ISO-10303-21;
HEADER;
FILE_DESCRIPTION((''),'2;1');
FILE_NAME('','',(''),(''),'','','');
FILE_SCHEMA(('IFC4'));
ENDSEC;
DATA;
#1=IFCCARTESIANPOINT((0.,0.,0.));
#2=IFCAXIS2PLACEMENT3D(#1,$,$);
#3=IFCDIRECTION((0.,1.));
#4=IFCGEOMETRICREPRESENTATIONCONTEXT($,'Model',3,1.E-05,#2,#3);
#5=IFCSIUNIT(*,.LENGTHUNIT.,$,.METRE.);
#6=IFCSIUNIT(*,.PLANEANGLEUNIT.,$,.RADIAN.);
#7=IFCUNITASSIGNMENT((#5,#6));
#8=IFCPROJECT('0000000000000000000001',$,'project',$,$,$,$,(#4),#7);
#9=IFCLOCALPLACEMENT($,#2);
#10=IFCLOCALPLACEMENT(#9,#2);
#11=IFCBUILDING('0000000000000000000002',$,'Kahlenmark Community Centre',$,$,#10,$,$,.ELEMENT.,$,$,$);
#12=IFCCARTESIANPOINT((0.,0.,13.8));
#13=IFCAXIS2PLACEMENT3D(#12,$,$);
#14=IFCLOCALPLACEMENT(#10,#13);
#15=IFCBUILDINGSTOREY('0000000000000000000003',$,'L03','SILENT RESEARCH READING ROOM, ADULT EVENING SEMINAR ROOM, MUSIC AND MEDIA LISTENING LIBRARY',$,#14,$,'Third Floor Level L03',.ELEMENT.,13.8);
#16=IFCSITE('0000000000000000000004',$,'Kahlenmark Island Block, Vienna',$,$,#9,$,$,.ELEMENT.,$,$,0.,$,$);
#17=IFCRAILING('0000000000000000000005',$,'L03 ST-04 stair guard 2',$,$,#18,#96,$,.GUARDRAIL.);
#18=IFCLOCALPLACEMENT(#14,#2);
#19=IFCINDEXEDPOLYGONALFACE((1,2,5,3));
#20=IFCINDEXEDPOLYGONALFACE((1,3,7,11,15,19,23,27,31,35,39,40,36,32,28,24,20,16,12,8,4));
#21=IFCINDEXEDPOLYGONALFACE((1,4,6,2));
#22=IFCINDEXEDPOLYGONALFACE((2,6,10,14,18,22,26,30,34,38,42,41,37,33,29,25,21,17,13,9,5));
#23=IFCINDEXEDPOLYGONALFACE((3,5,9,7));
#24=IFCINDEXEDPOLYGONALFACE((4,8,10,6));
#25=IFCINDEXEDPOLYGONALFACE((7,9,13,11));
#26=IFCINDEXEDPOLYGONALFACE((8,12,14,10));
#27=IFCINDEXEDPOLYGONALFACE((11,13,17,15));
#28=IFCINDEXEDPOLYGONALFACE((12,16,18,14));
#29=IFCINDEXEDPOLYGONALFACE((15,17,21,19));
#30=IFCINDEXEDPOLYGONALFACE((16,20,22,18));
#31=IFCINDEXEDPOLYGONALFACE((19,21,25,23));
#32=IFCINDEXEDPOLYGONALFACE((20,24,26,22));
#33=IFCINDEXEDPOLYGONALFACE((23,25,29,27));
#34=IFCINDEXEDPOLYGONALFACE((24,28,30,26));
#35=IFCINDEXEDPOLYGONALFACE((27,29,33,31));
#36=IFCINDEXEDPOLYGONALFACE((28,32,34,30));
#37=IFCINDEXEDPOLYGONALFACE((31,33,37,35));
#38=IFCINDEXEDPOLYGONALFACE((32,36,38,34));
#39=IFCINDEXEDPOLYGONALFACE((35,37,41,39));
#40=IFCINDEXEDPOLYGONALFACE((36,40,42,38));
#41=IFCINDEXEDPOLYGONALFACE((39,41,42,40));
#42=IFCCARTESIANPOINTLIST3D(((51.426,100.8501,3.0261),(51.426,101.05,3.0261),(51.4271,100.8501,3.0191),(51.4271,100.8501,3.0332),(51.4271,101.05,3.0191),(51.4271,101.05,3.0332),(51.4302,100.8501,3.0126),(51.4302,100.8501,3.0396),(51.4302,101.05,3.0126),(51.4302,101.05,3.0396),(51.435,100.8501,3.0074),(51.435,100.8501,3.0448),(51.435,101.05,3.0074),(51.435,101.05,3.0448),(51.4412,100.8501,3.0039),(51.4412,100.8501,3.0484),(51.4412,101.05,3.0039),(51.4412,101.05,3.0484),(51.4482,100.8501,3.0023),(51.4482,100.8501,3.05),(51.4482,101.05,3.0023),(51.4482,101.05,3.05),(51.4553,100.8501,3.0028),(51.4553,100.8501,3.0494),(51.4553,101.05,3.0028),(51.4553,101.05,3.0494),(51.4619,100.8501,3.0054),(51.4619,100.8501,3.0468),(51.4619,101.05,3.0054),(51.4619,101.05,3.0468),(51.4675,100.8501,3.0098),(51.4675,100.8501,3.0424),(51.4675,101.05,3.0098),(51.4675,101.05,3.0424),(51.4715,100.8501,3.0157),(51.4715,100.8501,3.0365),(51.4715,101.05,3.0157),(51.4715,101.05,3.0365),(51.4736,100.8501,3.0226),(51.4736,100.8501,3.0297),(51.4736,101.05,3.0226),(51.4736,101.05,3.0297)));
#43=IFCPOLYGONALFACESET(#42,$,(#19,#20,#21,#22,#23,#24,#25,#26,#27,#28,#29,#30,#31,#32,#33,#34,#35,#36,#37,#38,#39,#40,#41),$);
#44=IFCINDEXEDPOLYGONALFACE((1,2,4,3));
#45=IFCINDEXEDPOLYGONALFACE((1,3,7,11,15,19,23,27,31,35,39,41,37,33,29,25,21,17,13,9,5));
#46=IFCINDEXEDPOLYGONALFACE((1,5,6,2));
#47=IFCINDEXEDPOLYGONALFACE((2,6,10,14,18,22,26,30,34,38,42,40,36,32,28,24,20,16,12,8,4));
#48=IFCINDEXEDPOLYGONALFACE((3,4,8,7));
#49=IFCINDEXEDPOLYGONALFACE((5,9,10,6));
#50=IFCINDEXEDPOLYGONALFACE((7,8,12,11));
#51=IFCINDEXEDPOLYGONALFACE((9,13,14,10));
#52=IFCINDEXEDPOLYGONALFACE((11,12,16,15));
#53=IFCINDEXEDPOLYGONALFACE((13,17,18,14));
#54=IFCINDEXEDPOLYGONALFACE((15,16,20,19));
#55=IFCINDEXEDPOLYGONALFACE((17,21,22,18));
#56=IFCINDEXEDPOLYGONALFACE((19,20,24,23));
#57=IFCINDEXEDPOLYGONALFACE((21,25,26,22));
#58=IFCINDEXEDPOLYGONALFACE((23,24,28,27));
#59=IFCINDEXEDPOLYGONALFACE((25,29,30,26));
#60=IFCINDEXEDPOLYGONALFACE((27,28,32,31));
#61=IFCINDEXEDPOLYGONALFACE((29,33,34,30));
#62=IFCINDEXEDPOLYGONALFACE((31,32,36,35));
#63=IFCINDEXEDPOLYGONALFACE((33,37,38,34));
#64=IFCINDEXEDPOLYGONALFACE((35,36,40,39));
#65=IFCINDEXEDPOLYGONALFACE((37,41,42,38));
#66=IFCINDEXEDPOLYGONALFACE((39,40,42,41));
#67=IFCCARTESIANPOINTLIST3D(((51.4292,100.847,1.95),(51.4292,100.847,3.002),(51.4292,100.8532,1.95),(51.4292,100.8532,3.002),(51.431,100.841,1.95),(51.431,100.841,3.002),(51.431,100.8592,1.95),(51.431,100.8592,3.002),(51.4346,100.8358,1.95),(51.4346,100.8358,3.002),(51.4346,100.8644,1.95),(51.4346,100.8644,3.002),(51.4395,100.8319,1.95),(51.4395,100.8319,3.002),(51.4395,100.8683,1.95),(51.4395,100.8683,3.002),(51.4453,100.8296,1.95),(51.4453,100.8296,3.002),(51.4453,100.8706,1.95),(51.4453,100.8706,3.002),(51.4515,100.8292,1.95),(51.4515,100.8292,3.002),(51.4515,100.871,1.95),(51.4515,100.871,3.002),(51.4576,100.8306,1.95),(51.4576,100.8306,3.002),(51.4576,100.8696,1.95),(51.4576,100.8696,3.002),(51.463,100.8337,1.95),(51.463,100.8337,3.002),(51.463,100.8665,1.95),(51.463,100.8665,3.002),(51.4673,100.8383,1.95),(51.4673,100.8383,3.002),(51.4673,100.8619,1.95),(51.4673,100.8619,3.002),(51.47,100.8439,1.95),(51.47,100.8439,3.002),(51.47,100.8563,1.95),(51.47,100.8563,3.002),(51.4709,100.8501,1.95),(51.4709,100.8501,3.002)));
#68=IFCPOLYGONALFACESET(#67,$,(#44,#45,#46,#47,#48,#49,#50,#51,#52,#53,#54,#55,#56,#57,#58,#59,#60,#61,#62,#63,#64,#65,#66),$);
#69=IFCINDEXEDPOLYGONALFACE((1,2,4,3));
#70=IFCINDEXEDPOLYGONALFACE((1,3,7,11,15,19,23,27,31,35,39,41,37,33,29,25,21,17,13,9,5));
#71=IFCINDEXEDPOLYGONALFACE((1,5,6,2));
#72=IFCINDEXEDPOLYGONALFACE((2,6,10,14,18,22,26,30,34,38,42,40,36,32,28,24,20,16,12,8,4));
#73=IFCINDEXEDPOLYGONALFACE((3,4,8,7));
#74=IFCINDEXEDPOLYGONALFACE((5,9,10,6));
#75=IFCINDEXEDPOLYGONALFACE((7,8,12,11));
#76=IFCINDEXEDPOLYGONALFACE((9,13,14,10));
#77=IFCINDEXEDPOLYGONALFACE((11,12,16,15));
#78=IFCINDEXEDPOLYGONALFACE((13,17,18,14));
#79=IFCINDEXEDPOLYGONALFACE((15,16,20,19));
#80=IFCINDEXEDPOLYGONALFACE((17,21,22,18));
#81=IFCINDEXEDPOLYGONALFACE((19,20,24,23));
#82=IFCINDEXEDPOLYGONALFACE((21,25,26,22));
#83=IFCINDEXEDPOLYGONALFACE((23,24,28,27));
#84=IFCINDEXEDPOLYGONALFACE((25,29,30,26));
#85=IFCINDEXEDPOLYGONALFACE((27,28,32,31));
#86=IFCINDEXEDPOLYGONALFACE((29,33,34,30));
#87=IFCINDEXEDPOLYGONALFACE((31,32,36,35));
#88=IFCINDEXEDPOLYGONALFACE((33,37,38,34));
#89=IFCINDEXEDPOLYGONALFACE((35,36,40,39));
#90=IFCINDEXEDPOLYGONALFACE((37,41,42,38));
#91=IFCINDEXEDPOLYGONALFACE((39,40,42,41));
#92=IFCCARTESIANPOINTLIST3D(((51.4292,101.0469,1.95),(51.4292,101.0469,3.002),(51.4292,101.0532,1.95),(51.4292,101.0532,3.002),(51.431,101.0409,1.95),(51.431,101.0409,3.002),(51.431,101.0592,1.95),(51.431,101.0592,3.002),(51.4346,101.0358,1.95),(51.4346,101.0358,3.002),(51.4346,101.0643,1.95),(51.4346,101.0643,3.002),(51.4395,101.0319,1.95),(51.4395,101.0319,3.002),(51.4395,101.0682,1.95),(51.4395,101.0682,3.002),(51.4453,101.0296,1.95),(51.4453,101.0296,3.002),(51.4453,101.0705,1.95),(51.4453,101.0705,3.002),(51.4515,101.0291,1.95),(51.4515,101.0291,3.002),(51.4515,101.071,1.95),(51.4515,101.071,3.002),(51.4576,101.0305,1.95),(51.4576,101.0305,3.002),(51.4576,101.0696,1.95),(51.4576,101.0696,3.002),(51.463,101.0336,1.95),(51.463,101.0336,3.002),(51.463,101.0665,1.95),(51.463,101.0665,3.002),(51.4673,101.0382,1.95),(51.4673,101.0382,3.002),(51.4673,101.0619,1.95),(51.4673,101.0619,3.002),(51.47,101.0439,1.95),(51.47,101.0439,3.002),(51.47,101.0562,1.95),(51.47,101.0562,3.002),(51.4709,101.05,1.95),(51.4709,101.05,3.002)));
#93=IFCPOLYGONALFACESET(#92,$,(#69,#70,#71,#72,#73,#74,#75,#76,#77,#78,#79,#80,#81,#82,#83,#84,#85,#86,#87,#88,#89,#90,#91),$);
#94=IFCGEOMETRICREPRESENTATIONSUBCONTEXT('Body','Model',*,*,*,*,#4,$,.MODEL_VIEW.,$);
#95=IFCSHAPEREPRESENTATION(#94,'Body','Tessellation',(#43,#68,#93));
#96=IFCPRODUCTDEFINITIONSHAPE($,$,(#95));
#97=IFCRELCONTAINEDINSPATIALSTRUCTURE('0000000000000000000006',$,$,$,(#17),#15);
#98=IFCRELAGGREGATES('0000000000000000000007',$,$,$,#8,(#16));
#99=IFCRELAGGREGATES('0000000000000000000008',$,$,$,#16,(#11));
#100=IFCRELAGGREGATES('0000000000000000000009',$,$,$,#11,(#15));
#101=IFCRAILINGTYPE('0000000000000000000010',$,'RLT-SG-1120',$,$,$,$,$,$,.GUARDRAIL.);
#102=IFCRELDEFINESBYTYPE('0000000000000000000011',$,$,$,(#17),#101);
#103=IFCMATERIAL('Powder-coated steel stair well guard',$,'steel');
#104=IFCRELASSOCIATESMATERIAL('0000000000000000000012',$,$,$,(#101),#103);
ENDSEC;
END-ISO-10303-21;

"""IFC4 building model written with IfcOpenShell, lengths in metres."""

from ifc_helpers import new_model, si_unit, direction, frame, origin, origin_2d, place, context, subcontext, project, spatial, circle, extrude, material, type_object, element, save


model = new_model("IFC4")

# Units and contexts
model_context = context("Model", 3, precision=1e-05, world=origin(), true_north=direction((0.0, 1.0)))
body_context = subcontext(model_context, "Body", "Model", "MODEL_VIEW")
ifc_project = project(units=[si_unit("LENGTHUNIT", "METRE"), si_unit("PLANEANGLEUNIT", "RADIAN")], contexts=[model_context])

# Site, building, storey
site_placement = place(None, origin())
site = spatial("IfcSite", under=ifc_project, at=site_placement, Name="Kahlenmark Island Block, Vienna", CompositionType="ELEMENT", RefElevation=0.0)
building_placement = place(site_placement, origin())
building = spatial("IfcBuilding", under=site, at=building_placement, Name="Kahlenmark Community Centre", CompositionType="ELEMENT")
storey_placement = place(building_placement, frame((0.0, 0.0, 13.8)))
storey = spatial("IfcBuildingStorey", under=building, at=storey_placement, Name="L03", Description="SILENT RESEARCH READING ROOM, ADULT EVENING SEMINAR ROOM, MUSIC AND MEDIA LISTENING LIBRARY", LongName="Third Floor Level L03", CompositionType="ELEMENT", Elevation=13.8)

# Railing
ifc_material_1 = material(Name="Powder-coated steel stair well guard", Category="steel")
railing_type_1 = type_object("IfcRailingType", Name="RLT-SG-1120", PredefinedType="GUARDRAIL", material=ifc_material_1)
railing_1_placement = place(storey_placement, frame((51.45, 100.8501, 1.95)))
element("IfcRailing", 1, at=railing_1_placement, inside=storey, type_object=railing_type_1, Name="L03 ST-04 stair guard 2", PredefinedType="GUARDRAIL", context=body_context, shape_type="SweptSolid", body=[
    extrude(circle(Radius=0.0239, at=origin_2d()), frame((0.0, 0.0, 1.0762), z_axis=(0.0, 1.0, 0.0), x_axis=(-1.0, 0.0, 0.0)), (0.0, 0.0, 1.0), 0.2),
    extrude(circle(Radius=0.021, at=origin_2d()), origin(), (0.0, 0.0, 1.0), 1.052),
    extrude(circle(Radius=0.021, at=origin_2d()), frame((0.0, 0.2, 0.0)), (0.0, 0.0, 1.0), 1.052),
])

save(model, "model.ifc")
